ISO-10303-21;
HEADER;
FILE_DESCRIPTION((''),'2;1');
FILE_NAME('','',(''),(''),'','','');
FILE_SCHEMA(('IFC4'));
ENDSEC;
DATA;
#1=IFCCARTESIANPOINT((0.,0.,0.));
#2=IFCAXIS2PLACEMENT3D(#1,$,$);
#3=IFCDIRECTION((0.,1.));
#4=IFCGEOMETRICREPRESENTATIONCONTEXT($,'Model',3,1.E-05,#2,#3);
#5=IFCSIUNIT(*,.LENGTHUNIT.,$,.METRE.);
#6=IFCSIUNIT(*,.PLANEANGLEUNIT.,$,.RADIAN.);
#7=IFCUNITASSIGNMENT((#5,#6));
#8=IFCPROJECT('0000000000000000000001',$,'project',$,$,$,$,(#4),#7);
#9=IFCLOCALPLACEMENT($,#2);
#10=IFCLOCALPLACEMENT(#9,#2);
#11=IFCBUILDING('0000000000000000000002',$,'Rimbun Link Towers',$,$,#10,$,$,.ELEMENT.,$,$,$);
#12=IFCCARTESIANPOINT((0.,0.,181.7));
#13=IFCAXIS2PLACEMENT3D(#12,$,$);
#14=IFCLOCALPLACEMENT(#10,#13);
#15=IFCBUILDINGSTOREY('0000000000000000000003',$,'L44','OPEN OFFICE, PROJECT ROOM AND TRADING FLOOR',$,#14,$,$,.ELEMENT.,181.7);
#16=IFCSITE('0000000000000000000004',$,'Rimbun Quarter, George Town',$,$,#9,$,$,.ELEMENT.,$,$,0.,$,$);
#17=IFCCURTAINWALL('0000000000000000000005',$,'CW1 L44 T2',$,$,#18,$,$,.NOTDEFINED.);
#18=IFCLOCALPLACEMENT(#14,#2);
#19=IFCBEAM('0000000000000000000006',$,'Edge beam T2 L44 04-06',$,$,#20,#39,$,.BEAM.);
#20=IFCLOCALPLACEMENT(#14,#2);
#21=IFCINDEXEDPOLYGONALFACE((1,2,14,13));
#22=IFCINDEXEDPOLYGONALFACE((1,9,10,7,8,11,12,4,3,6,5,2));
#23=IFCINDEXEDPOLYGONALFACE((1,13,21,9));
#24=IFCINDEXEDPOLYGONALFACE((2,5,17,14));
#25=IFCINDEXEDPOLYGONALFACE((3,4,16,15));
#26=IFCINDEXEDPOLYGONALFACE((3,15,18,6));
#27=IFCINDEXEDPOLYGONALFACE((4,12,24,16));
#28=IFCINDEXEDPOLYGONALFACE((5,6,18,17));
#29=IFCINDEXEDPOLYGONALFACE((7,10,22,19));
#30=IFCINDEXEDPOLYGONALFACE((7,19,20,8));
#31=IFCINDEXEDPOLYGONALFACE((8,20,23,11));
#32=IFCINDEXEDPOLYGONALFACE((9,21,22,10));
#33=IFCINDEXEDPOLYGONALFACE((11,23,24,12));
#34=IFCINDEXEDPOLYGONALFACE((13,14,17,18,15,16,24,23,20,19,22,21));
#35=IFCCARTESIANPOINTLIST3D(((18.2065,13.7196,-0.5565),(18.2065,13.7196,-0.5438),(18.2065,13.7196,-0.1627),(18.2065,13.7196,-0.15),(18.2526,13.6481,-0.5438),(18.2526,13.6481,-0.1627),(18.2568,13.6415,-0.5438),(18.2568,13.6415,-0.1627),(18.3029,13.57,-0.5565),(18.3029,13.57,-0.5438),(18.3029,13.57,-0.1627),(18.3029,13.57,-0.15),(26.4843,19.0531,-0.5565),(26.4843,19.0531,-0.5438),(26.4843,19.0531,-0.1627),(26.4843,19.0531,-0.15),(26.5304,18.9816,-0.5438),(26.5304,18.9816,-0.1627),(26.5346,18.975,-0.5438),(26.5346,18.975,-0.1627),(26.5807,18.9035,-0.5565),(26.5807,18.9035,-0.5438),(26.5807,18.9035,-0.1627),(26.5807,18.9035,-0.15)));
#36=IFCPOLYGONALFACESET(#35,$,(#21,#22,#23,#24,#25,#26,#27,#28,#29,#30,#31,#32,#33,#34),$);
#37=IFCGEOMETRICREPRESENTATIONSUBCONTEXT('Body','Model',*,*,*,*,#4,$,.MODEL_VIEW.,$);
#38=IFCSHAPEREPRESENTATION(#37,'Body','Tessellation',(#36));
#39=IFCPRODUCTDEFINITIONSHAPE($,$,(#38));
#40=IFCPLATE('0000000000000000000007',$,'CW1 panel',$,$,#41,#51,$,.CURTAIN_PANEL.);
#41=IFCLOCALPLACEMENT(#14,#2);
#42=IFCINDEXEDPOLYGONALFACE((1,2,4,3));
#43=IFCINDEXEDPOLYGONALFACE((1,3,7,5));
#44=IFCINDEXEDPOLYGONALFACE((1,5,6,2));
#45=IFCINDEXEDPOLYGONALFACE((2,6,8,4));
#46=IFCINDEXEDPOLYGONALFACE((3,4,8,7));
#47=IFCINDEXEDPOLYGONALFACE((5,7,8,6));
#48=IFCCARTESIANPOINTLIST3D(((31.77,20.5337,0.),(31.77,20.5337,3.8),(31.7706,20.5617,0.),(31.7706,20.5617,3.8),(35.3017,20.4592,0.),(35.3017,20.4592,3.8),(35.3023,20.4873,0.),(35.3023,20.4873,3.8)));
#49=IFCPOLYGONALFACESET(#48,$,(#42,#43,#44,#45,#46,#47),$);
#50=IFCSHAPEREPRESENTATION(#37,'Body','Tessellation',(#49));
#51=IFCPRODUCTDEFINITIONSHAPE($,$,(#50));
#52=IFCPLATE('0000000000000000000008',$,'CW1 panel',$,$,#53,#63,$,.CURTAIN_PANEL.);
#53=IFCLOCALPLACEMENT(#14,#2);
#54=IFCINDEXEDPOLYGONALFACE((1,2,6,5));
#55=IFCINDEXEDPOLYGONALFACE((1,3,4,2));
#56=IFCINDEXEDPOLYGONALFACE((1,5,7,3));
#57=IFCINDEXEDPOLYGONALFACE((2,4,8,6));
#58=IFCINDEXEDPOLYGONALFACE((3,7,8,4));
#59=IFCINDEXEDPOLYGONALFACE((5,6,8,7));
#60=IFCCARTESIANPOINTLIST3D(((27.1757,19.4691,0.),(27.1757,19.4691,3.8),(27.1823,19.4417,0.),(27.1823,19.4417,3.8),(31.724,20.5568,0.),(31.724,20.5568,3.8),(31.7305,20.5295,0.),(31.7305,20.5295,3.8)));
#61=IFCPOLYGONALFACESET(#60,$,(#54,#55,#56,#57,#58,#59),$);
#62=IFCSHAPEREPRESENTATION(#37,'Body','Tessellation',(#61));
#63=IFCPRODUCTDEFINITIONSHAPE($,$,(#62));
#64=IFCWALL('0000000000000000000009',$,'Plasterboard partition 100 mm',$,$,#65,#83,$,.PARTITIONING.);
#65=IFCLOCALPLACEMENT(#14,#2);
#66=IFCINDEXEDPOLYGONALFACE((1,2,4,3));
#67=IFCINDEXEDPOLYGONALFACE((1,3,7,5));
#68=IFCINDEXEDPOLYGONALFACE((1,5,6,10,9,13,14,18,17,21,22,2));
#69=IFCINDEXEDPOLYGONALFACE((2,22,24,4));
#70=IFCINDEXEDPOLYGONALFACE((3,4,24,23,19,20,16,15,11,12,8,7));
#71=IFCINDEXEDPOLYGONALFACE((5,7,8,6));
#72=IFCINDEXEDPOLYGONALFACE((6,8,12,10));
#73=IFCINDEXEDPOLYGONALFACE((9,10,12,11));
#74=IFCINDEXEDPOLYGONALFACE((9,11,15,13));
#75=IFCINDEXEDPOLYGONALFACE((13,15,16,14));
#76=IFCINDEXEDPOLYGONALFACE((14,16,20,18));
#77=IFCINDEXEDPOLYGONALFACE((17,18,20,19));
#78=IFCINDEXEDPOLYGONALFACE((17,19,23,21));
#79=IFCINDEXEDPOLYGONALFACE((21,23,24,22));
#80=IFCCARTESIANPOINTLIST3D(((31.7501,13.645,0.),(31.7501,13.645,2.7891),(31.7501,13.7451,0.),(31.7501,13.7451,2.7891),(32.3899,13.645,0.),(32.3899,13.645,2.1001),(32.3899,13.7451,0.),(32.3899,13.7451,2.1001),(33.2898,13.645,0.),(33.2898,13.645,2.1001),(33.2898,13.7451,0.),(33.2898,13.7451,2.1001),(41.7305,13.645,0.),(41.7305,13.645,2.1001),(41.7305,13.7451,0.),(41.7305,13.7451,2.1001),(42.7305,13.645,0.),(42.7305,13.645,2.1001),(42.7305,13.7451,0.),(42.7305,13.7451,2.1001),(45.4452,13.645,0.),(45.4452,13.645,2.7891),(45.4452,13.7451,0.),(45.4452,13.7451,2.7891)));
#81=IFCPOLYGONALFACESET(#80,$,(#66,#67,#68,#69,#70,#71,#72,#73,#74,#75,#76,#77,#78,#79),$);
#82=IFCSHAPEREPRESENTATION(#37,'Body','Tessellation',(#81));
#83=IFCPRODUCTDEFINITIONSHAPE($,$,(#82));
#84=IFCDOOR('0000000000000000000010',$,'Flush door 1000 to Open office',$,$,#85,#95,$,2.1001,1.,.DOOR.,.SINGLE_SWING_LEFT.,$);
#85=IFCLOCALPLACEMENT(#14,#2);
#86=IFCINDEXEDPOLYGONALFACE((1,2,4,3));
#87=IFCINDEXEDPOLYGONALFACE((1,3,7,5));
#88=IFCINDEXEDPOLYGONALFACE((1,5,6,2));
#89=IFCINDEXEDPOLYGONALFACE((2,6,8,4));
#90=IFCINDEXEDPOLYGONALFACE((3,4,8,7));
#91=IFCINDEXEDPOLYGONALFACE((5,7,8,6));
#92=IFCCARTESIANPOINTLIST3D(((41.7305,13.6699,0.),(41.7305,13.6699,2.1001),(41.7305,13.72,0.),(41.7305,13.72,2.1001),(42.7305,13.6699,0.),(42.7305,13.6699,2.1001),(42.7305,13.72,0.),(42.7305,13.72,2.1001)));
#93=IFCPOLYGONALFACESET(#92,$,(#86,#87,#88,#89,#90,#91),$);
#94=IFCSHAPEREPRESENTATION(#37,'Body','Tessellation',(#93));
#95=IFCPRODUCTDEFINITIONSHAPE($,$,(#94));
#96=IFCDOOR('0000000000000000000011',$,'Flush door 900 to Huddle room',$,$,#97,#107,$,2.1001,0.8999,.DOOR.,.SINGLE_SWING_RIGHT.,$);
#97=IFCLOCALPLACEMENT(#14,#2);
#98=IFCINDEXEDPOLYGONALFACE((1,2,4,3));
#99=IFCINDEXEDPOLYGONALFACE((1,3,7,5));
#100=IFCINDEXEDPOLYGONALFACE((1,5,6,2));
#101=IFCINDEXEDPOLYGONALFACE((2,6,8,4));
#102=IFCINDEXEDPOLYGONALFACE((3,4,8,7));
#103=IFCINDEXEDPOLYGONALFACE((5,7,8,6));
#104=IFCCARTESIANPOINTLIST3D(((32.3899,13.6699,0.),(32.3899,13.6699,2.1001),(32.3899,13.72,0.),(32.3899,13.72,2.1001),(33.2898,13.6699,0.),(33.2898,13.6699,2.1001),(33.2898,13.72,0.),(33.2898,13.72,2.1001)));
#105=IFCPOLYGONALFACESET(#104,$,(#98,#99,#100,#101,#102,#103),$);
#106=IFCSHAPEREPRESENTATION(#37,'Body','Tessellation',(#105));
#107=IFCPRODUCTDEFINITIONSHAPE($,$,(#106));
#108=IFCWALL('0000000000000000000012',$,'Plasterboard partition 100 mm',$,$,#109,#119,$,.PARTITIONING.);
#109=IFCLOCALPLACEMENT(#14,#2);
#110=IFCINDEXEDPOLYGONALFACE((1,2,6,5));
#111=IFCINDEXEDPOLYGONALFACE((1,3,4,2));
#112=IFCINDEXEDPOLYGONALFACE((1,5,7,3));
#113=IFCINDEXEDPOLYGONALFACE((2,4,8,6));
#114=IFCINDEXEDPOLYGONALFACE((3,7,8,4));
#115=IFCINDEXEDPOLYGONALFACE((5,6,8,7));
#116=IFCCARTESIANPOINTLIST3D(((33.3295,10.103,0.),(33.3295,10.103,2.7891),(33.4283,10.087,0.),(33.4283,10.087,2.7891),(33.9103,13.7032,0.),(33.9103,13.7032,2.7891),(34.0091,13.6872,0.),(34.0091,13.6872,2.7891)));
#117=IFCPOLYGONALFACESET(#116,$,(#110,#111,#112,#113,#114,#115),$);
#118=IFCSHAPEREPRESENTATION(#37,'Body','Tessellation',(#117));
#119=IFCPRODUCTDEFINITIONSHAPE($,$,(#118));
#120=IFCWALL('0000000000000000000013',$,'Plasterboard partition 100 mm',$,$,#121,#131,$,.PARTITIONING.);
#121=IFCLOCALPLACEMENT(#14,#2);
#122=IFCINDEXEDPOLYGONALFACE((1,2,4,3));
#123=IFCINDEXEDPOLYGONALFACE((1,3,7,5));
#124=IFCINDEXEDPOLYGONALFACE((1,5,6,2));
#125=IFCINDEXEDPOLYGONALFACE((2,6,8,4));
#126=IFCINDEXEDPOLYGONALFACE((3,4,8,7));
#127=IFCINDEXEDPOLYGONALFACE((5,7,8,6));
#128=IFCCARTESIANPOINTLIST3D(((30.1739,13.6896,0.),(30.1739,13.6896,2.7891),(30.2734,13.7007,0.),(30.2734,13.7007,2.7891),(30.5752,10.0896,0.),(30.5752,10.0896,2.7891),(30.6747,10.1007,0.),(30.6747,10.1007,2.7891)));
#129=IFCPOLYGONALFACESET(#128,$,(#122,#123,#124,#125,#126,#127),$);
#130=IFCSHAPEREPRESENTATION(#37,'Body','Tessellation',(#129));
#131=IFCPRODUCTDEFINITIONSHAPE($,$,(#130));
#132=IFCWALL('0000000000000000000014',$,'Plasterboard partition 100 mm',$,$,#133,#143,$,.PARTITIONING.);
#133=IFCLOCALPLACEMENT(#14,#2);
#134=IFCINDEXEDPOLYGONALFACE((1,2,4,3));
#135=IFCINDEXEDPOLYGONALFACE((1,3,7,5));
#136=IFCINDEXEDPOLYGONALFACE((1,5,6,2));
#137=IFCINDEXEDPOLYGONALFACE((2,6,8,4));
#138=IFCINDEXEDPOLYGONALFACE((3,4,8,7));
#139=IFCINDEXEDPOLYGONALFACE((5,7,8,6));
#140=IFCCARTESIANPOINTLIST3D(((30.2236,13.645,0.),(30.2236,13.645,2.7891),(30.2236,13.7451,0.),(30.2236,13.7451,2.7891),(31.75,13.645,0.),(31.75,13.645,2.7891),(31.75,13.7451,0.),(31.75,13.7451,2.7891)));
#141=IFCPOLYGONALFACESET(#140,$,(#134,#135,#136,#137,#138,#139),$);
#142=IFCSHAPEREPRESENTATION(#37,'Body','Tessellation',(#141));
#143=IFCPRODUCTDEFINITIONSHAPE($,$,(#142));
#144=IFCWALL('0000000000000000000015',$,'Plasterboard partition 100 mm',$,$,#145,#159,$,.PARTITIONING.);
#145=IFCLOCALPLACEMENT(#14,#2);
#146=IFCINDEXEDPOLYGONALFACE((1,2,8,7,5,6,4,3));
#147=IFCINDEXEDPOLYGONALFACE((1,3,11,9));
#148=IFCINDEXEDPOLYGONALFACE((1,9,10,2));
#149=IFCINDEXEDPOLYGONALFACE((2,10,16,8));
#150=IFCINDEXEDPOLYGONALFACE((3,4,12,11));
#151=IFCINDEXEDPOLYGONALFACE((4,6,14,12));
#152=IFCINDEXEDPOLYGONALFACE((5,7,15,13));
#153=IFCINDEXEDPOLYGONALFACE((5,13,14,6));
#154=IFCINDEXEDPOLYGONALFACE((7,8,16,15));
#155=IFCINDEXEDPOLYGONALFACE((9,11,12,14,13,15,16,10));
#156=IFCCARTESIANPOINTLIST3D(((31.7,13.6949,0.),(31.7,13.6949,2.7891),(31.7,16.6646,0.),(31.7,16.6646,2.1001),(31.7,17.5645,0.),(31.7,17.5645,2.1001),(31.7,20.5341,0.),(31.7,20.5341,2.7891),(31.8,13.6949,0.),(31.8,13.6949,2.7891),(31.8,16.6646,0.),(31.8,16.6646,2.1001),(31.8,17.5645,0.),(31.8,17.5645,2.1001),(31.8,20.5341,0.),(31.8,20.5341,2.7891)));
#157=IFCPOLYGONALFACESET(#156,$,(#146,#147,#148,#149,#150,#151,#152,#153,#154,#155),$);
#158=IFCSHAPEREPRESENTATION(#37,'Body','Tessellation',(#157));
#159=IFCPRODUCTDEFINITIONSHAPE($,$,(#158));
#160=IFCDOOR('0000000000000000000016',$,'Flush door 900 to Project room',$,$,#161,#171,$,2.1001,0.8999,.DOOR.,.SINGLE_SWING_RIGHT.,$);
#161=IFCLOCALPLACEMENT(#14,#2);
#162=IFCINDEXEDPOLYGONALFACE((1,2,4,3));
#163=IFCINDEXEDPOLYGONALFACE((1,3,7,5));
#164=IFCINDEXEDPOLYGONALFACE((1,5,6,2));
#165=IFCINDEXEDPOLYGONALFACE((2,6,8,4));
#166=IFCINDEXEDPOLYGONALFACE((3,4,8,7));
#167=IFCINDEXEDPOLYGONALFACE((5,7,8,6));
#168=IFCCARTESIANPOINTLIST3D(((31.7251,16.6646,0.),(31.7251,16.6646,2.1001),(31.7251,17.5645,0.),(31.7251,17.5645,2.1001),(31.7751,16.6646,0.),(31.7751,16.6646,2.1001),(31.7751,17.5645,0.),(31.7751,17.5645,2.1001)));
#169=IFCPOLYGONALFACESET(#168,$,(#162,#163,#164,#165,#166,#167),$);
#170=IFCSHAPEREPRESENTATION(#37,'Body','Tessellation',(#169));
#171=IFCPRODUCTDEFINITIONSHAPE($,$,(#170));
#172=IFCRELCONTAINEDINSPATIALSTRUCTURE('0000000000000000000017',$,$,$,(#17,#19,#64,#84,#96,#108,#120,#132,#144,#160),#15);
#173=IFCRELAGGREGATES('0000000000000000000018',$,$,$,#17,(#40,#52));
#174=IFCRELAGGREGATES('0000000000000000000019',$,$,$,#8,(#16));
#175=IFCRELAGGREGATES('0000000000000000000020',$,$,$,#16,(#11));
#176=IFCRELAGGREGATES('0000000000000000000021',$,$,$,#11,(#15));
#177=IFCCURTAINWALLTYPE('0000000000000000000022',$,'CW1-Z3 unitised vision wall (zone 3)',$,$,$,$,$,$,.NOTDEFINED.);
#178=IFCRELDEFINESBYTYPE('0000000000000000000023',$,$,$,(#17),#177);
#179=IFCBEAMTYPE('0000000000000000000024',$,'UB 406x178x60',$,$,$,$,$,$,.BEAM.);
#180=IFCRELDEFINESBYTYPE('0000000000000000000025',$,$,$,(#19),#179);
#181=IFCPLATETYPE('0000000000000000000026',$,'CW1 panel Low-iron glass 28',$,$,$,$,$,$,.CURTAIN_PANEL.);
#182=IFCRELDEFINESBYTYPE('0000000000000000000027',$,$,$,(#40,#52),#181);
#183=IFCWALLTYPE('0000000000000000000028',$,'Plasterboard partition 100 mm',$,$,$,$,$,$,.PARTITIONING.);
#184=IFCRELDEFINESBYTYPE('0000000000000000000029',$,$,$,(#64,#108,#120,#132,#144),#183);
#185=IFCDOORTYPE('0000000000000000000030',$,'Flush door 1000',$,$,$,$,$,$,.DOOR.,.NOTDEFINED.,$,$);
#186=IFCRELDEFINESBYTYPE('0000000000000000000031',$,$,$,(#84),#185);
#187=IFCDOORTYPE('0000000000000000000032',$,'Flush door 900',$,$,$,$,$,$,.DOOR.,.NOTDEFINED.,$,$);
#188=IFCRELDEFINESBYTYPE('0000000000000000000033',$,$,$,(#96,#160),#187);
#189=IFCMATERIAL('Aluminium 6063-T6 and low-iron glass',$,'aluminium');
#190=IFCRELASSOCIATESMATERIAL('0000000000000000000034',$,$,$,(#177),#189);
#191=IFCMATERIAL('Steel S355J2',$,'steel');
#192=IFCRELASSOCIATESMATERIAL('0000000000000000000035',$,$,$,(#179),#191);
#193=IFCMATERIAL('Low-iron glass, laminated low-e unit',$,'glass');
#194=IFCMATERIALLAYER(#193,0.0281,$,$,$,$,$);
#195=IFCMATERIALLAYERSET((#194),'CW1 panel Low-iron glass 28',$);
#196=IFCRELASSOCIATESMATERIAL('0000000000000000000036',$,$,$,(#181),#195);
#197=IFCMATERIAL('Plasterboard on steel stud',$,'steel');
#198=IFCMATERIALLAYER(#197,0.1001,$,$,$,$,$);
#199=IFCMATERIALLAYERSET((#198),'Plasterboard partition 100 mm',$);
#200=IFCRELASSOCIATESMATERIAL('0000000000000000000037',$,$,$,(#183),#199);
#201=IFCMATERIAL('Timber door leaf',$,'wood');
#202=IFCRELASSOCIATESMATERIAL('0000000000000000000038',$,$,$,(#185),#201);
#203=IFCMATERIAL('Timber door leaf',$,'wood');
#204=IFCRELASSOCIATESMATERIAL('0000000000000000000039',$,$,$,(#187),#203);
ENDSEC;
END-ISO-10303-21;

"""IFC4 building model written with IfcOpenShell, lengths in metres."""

from ifc_helpers import new_model, si_unit, direction, frame, frame_2d, origin, origin_2d, place, context, subcontext, project, spatial, rectangle, i_section, extrude, material, layer, layer_set, material_profile, profile_set, type_object, element, fill, aggregate, save


model = new_model("IFC4")

# Units and contexts
model_context = context("Model", 3, precision=1e-05, world=origin(), true_north=direction((0.0, 1.0)))
body_context = subcontext(model_context, "Body", "Model", "MODEL_VIEW")
ifc_project = project(units=[si_unit("LENGTHUNIT", "METRE"), si_unit("PLANEANGLEUNIT", "RADIAN")], contexts=[model_context])

# Site, building, storey
site_placement = place(None, origin())
site = spatial("IfcSite", under=ifc_project, at=site_placement, Name="Rimbun Quarter, George Town", CompositionType="ELEMENT", RefElevation=0.0)
building_placement = place(site_placement, origin())
building = spatial("IfcBuilding", under=site, at=building_placement, Name="Rimbun Link Towers", CompositionType="ELEMENT")
storey_placement = place(building_placement, frame((0.0, 0.0, 181.7)))
storey = spatial("IfcBuildingStorey", under=building, at=storey_placement, Name="L44", Description="OPEN OFFICE, PROJECT ROOM AND TRADING FLOOR", CompositionType="ELEMENT", Elevation=181.7)

# Curtain wall
ifc_material_1 = material(Name="Aluminium 6063-T6 and low-iron glass", Category="aluminium")
curtain_wall_type = type_object("IfcCurtainWallType", Name="CW1-Z3 unitised vision wall (zone 3)", PredefinedType="NOTDEFINED", material=ifc_material_1)
curtain_wall_placement = place(storey_placement, origin())
curtain_wall = element("IfcCurtainWall", 1, at=curtain_wall_placement, inside=storey, type_object=curtain_wall_type, Name="CW1 L44 T2", PredefinedType="NOTDEFINED")

# Beam
ifc_material_2 = material(Name="Steel S355J2", Category="steel")
ifc_material_profile_1 = material_profile(ifc_material_2, i_section(OverallWidth=0.178, OverallDepth=0.4065, WebThickness=0.0078, FlangeThickness=0.0127, at=origin_2d()), Name="UB 406x178x60")
ifc_profile_set_1 = profile_set([ifc_material_profile_1], Name="Steel S355J2")
beam_type_1 = type_object("IfcBeamType", Name="UB 406x178x60", PredefinedType="BEAM", material=ifc_profile_set_1)
beam_1_placement = place(storey_placement, frame((26.5325, 18.9783, -0.3533), z_axis=(-0.840622, -0.541622, 0.0), x_axis=(0.541622, -0.840622, 0.0)))
element("IfcBeam", 2, at=beam_1_placement, inside=storey, type_object=beam_type_1, Name="Edge beam T2 L44 04-06", PredefinedType="BEAM", context=body_context, shape_type="SweptSolid", body=[
    extrude(i_section(OverallWidth=0.178, OverallDepth=0.4065, WebThickness=0.0078, FlangeThickness=0.0127, at=origin_2d()), origin(), (0.0, 0.0, 1.0), 9.8472),
])

# Plates
ifc_material_3 = material(Name="Low-iron glass, laminated low-e unit", Category="glass")
ifc_layer_1 = layer(ifc_material_3, 0.0281)
ifc_layer_set_1 = layer_set([ifc_layer_1], Name="CW1 panel Low-iron glass 28")
plate_type = type_object("IfcPlateType", Name="CW1 panel Low-iron glass 28", PredefinedType="CURTAIN_PANEL", material=ifc_layer_set_1)
plate_1_placement = place(storey_placement, frame((33.5361, 20.5105, 0.0), z_axis=(0.0, 0.0, 1.0), x_axis=(0.999778, -0.021069, 0.0)))
plate_1 = element("IfcPlate", 3, at=plate_1_placement, type_object=plate_type, Name="CW1 panel", PredefinedType="CURTAIN_PANEL", context=body_context, shape_type="SweptSolid", body=[
    extrude(rectangle(XDim=3.5325, YDim=0.0281, at=origin_2d()), origin(), (0.0, 0.0, 1.0), 3.8),
])
plate_2_placement = place(storey_placement, frame((29.4531, 19.9993, 0.0), z_axis=(0.0, 0.0, 1.0), x_axis=(0.972573, 0.232596, 0.0)))
plate_2 = element("IfcPlate", 4, at=plate_2_placement, type_object=plate_type, Name="CW1 panel", PredefinedType="CURTAIN_PANEL", context=body_context, shape_type="SweptSolid", body=[
    extrude(rectangle(XDim=4.6765, YDim=0.0281, at=origin_2d()), origin(), (0.0, 0.0, 1.0), 3.8),
])
aggregate(curtain_wall, [plate_1, plate_2])

# Wall, openings, doors
ifc_material_4 = material(Name="Plasterboard on steel stud", Category="steel")
ifc_layer_2 = layer(ifc_material_4, 0.1001)
ifc_layer_set_2 = layer_set([ifc_layer_2], Name="Plasterboard partition 100 mm")
wall_type = type_object("IfcWallType", Name="Plasterboard partition 100 mm", PredefinedType="PARTITIONING", material=ifc_layer_set_2)
wall_1_placement = place(storey_placement, frame((31.75, 13.6951, 0.0), z_axis=(0.0, 0.0, 1.0), x_axis=(1.0, 0.0, 0.0)))
wall_1 = element("IfcWall", 5, at=wall_1_placement, inside=storey, type_object=wall_type, Name="Plasterboard partition 100 mm", PredefinedType="PARTITIONING", context=body_context, shape_type="SweptSolid", body=[
    extrude(rectangle(XDim=13.6951, YDim=0.1001, at=frame_2d((6.8477, 0.0))), origin(), (0.0, 0.0, 1.0), 2.7891),
])
opening_1_placement = place(wall_1_placement, frame((9.9805, 0.0, 0.0)))
opening_1 = element("IfcOpeningElement", 6, at=opening_1_placement, cuts=wall_1, PredefinedType="OPENING", context=body_context, shape_type="SweptSolid", body=[
    extrude(rectangle(XDim=1.0, YDim=2.1001, at=frame_2d((0.5, 1.05))), frame((0.0, 0.0601, 0.0), z_axis=(0.0, -1.0, 0.0), x_axis=(1.0, 0.0, 0.0)), (0.0, 0.0, 1.0), 0.1201),
])
opening_2_placement = place(wall_1_placement, frame((0.6399, 0.0, 0.0)))
opening_2 = element("IfcOpeningElement", 7, at=opening_2_placement, cuts=wall_1, PredefinedType="OPENING", context=body_context, shape_type="SweptSolid", body=[
    extrude(rectangle(XDim=0.8999, YDim=2.1001, at=frame_2d((0.45, 1.05))), frame((0.0, 0.0601, 0.0), z_axis=(0.0, -1.0, 0.0), x_axis=(1.0, 0.0, 0.0)), (0.0, 0.0, 1.0), 0.1201),
])
ifc_material_5 = material(Name="Timber door leaf", Category="wood")
door_type_1 = type_object("IfcDoorType", Name="Flush door 1000", OperationType="NOTDEFINED", PredefinedType="DOOR", material=ifc_material_5)
door_1_placement = place(opening_1_placement, origin())
door_1 = element("IfcDoor", 8, at=door_1_placement, inside=storey, type_object=door_type_1, Name="Flush door 1000 to Open office", OperationType="SINGLE_SWING_LEFT", OverallHeight=2.1001, OverallWidth=1.0, PredefinedType="DOOR", context=body_context, shape_type="SweptSolid", body=[
    extrude(rectangle(XDim=1.0, YDim=2.1001, at=frame_2d((0.5, 1.05))), frame((0.0, 0.0249, 0.0), z_axis=(0.0, -1.0, 0.0), x_axis=(1.0, 0.0, 0.0)), (0.0, 0.0, 1.0), 0.05),
])
fill(opening_1, door_1)
ifc_material_6 = material(Name="Timber door leaf", Category="wood")
door_type_2 = type_object("IfcDoorType", Name="Flush door 900", OperationType="NOTDEFINED", PredefinedType="DOOR", material=ifc_material_6)
door_2_placement = place(opening_2_placement, origin())
door_2 = element("IfcDoor", 9, at=door_2_placement, inside=storey, type_object=door_type_2, Name="Flush door 900 to Huddle room", OperationType="SINGLE_SWING_RIGHT", OverallHeight=2.1001, OverallWidth=0.8999, PredefinedType="DOOR", context=body_context, shape_type="SweptSolid", body=[
    extrude(rectangle(XDim=0.8999, YDim=2.1001, at=frame_2d((0.45, 1.05))), frame((0.0, 0.0249, 0.0), z_axis=(0.0, -1.0, 0.0), x_axis=(1.0, 0.0, 0.0)), (0.0, 0.0, 1.0), 0.05),
])
fill(opening_2, door_2)

# Walls
wall_2_placement = place(storey_placement, frame((33.9597, 13.6951, 0.0), z_axis=(0.0, 0.0, 1.0), x_axis=(-0.159272, -0.987235, 0.0)))
element("IfcWall", 10, at=wall_2_placement, inside=storey, type_object=wall_type, Name="Plasterboard partition 100 mm", PredefinedType="PARTITIONING", context=body_context, shape_type="SweptSolid", body=[
    extrude(rectangle(XDim=3.6467, YDim=0.1001, at=frame_2d((1.8232, 0.0))), origin(), (0.0, 0.0, 1.0), 2.7891),
])
wall_3_placement = place(storey_placement, frame((30.2236, 13.6951, 0.0), z_axis=(0.0, 0.0, 1.0), x_axis=(0.110801, -0.993843, 0.0)))
element("IfcWall", 11, at=wall_3_placement, inside=storey, type_object=wall_type, Name="Plasterboard partition 100 mm", PredefinedType="PARTITIONING", context=body_context, shape_type="SweptSolid", body=[
    extrude(rectangle(XDim=3.6223, YDim=0.1001, at=frame_2d((1.811, 0.0))), origin(), (0.0, 0.0, 1.0), 2.7891),
])
wall_4_placement = place(storey_placement, frame((31.75, 13.6951, 0.0), z_axis=(0.0, 0.0, 1.0), x_axis=(-1.0, 0.0, 0.0)))
element("IfcWall", 12, at=wall_4_placement, inside=storey, type_object=wall_type, Name="Plasterboard partition 100 mm", PredefinedType="PARTITIONING", context=body_context, shape_type="SweptSolid", body=[
    extrude(rectangle(XDim=1.5264, YDim=0.1001, at=frame_2d((0.7632, 0.0))), origin(), (0.0, 0.0, 1.0), 2.7891),
])

# Wall, opening, door
wall_5_placement = place(storey_placement, frame((31.75, 13.6951, 0.0), z_axis=(0.0, 0.0, 1.0), x_axis=(0.0, 1.0, 0.0)))
wall_5 = element("IfcWall", 13, at=wall_5_placement, inside=storey, type_object=wall_type, Name="Plasterboard partition 100 mm", PredefinedType="PARTITIONING", context=body_context, shape_type="SweptSolid", body=[
    extrude(rectangle(XDim=6.8391, YDim=0.1001, at=frame_2d((3.4194, 0.0))), origin(), (0.0, 0.0, 1.0), 2.7891),
])
opening_3_placement = place(wall_5_placement, frame((2.9695, 0.0, 0.0)))
opening_3 = element("IfcOpeningElement", 14, at=opening_3_placement, cuts=wall_5, PredefinedType="OPENING", context=body_context, shape_type="SweptSolid", body=[
    extrude(rectangle(XDim=0.8999, YDim=2.1001, at=frame_2d((0.45, 1.05))), frame((0.0, 0.0601, 0.0), z_axis=(0.0, -1.0, 0.0), x_axis=(1.0, 0.0, 0.0)), (0.0, 0.0, 1.0), 0.1201),
])
door_3_placement = place(opening_3_placement, origin())
door_3 = element("IfcDoor", 15, at=door_3_placement, inside=storey, type_object=door_type_2, Name="Flush door 900 to Project room", OperationType="SINGLE_SWING_RIGHT", OverallHeight=2.1001, OverallWidth=0.8999, PredefinedType="DOOR", context=body_context, shape_type="SweptSolid", body=[
    extrude(rectangle(XDim=0.8999, YDim=2.1001, at=frame_2d((0.45, 1.05))), frame((0.0, 0.0249, 0.0), z_axis=(0.0, -1.0, 0.0), x_axis=(1.0, 0.0, 0.0)), (0.0, 0.0, 1.0), 0.05),
])
fill(opening_3, door_3)

save(model, "model.ifc")
